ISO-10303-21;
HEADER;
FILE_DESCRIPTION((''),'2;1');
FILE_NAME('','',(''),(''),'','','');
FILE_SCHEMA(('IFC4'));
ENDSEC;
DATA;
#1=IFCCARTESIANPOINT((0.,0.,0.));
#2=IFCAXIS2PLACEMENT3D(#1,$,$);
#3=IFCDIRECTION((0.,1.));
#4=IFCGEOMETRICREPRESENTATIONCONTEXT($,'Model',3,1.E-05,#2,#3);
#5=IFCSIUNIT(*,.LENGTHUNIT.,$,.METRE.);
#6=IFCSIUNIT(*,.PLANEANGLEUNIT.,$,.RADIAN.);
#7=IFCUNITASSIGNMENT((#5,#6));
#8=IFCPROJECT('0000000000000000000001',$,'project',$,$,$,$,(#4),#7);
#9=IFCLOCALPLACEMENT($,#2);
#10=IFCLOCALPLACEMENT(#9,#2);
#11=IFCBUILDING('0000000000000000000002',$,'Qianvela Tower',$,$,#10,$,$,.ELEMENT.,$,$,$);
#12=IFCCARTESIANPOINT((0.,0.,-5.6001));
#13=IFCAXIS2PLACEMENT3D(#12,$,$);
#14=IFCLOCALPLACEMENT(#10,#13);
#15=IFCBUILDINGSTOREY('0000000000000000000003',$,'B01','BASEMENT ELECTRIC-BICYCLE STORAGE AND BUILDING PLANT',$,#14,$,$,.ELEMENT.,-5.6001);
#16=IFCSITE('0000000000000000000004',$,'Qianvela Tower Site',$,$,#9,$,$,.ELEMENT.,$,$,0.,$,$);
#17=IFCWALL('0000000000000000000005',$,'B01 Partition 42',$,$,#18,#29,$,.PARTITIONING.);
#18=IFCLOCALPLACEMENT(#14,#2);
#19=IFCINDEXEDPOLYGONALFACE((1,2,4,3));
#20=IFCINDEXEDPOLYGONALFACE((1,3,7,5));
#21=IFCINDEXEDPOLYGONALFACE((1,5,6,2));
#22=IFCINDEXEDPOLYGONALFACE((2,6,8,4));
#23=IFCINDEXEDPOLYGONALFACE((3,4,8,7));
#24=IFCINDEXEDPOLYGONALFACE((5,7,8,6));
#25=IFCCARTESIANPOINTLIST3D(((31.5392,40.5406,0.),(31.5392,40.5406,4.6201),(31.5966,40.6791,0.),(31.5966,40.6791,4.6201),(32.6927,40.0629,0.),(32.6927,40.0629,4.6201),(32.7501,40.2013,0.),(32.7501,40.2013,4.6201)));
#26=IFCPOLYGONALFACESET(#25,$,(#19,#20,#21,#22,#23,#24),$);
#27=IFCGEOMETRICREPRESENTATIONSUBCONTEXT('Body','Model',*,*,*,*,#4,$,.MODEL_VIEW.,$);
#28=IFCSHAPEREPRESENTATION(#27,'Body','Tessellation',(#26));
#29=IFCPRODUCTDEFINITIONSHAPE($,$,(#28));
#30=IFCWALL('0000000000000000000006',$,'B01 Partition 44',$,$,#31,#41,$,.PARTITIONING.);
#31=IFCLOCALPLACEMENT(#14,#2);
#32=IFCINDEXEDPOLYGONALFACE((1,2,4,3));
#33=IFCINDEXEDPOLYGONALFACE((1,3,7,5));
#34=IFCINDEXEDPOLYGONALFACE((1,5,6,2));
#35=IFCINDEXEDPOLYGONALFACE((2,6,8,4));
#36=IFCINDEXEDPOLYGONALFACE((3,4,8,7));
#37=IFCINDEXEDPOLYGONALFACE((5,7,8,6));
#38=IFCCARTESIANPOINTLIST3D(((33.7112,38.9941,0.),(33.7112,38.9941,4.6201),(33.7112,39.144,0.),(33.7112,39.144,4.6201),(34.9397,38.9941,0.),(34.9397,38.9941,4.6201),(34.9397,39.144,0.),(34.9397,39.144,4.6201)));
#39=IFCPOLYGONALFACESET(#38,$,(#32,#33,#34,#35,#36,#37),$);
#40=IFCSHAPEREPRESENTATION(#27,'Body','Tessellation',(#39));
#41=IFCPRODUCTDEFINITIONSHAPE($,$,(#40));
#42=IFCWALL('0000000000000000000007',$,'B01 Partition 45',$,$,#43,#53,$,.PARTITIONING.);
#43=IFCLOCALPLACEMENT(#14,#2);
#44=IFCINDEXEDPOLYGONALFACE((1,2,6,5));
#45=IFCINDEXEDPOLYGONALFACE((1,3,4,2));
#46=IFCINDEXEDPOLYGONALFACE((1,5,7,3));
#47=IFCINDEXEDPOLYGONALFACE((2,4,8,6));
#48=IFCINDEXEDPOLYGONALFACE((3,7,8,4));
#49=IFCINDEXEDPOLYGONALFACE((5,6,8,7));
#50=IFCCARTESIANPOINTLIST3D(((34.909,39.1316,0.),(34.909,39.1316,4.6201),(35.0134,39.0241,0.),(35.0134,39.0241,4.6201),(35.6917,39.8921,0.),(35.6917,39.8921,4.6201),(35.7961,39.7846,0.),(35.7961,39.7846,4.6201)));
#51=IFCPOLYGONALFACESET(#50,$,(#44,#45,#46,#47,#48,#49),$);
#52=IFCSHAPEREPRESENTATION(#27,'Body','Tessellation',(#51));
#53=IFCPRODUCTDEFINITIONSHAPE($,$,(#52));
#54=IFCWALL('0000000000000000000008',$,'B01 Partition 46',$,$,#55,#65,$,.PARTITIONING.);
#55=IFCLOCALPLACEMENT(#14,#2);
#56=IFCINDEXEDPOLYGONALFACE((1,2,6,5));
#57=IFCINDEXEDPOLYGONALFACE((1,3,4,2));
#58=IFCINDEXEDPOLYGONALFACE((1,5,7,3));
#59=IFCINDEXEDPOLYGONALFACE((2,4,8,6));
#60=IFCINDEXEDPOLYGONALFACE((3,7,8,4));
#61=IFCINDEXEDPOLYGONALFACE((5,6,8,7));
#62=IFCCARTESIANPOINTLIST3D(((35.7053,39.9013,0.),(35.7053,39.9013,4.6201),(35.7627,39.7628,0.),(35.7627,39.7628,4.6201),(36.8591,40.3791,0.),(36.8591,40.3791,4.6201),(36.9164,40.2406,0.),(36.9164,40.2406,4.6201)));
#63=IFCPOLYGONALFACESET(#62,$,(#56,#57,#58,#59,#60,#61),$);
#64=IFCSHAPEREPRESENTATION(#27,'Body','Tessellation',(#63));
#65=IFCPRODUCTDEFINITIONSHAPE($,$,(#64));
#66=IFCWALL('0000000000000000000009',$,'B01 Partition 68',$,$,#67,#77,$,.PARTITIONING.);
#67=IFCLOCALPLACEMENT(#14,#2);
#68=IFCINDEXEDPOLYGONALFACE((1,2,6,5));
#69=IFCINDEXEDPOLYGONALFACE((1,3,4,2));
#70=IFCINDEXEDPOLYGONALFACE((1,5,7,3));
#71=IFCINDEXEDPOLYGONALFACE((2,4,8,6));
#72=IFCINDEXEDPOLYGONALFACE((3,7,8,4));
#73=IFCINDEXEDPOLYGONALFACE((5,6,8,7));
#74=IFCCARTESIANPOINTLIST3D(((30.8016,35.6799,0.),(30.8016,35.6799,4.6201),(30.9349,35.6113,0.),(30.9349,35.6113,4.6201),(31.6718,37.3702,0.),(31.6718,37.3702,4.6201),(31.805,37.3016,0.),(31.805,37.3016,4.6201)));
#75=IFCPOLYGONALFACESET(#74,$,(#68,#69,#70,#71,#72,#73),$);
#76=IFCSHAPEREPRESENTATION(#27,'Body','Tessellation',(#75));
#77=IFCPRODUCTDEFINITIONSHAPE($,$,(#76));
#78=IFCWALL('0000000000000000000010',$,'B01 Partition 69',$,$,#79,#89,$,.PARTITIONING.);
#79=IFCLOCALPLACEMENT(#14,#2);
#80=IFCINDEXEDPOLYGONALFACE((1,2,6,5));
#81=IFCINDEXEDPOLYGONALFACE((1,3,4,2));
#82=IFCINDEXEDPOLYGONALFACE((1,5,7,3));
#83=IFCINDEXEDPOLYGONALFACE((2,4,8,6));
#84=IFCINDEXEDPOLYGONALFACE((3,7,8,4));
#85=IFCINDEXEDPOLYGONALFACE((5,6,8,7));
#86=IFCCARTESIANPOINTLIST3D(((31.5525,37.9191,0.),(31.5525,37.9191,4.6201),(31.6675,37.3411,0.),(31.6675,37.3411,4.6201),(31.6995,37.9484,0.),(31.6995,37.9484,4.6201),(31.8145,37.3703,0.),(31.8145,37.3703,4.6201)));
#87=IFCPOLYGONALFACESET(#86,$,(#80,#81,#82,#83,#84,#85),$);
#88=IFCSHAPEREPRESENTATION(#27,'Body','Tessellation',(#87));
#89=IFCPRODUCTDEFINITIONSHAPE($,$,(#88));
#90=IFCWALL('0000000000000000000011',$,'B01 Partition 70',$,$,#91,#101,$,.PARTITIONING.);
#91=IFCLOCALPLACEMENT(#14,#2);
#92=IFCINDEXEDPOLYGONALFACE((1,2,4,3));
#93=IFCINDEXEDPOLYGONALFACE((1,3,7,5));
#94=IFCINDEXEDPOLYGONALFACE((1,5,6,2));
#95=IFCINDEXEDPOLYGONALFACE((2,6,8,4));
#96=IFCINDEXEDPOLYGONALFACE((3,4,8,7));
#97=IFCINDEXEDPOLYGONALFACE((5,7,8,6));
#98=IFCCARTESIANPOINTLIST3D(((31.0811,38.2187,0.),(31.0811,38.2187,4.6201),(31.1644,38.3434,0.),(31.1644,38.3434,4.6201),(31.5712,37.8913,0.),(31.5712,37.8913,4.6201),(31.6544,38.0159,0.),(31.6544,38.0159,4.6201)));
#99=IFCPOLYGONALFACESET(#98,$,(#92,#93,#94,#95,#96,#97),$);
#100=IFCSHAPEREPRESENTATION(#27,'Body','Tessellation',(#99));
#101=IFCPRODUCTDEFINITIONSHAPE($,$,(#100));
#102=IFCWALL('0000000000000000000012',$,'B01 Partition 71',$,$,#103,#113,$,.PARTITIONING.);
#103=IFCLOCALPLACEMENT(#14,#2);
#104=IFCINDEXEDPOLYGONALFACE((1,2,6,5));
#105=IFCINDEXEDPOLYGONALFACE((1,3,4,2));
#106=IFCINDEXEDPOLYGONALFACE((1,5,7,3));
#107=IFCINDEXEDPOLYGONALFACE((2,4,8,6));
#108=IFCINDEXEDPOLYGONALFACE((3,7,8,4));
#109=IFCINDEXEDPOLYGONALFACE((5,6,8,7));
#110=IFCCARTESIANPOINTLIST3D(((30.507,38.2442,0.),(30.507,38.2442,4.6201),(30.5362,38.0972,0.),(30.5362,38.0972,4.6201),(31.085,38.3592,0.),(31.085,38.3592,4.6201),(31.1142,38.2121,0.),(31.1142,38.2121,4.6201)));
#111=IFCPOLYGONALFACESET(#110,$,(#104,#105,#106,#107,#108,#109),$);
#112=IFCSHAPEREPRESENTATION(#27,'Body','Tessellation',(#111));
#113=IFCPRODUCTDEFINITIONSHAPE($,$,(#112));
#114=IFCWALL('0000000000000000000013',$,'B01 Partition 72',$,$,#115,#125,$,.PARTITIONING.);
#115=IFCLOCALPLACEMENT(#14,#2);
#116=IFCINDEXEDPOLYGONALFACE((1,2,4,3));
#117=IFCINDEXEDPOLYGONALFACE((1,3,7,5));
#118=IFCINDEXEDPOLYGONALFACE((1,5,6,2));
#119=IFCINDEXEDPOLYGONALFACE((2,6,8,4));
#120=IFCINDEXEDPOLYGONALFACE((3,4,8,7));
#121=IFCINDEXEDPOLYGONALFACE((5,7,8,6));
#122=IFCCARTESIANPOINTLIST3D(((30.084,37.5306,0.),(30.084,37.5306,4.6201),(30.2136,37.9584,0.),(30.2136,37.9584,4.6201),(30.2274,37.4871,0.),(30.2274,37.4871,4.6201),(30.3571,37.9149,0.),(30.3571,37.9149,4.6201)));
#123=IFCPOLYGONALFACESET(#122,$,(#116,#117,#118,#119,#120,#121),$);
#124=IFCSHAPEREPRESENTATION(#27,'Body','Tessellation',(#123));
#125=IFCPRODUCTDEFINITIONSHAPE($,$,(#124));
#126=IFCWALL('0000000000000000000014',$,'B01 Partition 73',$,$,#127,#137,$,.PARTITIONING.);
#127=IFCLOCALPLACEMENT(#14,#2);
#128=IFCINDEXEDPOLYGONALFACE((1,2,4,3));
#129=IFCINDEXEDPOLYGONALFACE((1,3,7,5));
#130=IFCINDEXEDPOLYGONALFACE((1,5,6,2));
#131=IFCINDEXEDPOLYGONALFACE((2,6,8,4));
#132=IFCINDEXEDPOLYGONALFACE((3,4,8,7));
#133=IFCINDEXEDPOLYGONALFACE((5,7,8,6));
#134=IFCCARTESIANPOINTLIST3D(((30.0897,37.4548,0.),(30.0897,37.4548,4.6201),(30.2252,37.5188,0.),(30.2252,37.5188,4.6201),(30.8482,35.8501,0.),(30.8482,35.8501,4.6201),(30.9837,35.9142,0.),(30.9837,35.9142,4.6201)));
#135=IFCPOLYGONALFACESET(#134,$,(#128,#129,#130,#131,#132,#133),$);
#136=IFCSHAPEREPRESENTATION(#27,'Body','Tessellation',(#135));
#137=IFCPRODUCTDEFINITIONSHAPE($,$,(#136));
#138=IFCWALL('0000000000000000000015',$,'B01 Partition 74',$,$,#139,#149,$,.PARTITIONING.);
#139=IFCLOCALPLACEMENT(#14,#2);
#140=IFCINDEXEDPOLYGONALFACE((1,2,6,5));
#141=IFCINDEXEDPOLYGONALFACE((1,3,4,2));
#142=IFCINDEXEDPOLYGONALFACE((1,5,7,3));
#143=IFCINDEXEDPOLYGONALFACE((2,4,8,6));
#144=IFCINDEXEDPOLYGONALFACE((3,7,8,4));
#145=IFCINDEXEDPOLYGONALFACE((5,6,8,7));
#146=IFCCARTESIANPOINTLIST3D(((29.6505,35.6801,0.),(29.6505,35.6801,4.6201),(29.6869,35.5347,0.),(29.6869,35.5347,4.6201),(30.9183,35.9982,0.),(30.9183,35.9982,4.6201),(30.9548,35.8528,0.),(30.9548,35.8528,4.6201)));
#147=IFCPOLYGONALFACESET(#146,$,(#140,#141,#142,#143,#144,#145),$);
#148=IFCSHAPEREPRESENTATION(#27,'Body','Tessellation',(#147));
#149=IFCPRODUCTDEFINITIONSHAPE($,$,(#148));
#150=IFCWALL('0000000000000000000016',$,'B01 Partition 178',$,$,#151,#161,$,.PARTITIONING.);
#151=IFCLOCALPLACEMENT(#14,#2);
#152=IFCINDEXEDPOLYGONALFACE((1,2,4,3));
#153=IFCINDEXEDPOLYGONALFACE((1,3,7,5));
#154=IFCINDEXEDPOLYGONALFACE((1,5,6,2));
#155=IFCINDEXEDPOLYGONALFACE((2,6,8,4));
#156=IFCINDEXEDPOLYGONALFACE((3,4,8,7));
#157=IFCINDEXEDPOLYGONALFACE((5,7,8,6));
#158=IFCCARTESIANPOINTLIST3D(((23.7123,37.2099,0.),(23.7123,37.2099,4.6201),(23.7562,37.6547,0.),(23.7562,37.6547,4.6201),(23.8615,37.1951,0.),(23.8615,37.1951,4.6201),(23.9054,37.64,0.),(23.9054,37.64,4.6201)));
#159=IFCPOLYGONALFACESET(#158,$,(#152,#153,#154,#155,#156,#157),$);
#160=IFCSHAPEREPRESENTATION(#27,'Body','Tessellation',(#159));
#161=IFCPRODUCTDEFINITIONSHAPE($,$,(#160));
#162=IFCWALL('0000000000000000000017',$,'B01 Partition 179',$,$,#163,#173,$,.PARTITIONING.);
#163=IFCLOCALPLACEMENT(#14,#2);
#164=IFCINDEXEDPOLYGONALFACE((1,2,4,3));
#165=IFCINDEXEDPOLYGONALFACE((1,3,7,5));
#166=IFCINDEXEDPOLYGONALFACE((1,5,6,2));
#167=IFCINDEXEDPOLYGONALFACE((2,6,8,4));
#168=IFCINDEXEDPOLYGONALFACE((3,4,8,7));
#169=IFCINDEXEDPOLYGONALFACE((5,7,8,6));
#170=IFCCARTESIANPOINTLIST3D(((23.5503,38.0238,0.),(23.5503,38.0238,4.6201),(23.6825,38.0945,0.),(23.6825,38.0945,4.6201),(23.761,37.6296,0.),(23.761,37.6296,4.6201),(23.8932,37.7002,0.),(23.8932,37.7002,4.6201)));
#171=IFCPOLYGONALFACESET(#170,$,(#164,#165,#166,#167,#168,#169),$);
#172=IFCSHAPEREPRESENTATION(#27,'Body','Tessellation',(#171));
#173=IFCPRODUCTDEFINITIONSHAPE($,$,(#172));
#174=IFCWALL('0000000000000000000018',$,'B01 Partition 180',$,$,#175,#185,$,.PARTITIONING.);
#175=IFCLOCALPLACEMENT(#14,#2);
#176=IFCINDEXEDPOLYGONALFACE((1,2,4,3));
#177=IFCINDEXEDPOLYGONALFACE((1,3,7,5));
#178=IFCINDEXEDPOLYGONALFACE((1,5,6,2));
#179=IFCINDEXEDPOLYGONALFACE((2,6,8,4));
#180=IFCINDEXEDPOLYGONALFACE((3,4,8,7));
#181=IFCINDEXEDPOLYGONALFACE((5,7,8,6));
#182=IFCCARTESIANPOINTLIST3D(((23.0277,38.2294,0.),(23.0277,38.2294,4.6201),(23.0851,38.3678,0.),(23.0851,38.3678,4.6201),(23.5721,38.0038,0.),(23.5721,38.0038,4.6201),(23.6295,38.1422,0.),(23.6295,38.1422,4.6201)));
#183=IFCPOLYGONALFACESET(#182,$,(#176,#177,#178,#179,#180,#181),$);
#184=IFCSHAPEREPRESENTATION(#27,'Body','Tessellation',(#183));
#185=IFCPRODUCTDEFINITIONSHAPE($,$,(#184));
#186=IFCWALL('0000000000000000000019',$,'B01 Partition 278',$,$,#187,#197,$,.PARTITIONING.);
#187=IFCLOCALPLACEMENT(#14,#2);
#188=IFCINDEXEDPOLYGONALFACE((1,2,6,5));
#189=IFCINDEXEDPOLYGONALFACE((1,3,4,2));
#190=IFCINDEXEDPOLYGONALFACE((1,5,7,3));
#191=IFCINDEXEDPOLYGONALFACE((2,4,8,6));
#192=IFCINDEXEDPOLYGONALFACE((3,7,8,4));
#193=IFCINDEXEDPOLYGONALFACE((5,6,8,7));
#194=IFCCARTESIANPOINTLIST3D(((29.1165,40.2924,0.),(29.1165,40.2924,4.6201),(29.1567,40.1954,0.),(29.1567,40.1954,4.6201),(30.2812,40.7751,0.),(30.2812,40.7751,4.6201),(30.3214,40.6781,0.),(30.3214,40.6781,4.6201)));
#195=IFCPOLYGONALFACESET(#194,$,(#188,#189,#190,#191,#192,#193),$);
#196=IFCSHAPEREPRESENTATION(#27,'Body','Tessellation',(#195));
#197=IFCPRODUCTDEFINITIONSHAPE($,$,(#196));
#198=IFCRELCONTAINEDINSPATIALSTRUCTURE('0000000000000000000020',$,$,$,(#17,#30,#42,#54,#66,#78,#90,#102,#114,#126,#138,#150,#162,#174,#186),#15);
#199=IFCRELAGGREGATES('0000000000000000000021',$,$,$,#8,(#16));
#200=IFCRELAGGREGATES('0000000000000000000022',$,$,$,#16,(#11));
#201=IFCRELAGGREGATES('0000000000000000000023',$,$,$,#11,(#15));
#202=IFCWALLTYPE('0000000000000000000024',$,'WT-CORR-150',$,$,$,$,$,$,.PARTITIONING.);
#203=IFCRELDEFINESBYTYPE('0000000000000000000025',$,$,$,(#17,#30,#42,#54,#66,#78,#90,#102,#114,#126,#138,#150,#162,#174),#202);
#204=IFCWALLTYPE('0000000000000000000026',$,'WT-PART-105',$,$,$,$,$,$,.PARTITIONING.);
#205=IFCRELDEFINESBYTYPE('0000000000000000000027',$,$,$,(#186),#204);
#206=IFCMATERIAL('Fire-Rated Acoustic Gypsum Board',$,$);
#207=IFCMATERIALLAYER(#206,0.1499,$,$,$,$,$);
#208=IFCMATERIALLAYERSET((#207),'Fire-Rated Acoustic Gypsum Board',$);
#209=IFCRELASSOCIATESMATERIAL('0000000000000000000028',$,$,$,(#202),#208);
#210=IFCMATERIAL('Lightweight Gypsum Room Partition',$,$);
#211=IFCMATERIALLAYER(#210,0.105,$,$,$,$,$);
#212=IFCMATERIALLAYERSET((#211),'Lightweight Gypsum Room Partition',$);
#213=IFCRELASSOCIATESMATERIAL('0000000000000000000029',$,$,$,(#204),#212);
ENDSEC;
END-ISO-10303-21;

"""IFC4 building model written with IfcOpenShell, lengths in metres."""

from ifc_helpers import new_model, si_unit, direction, frame, frame_2d, origin, place, context, subcontext, project, spatial, rectangle, extrude, material, layer, layer_set, type_object, element, save


model = new_model("IFC4")

# Units and contexts
model_context = context("Model", 3, precision=1e-05, world=origin(), true_north=direction((0.0, 1.0)))
body_context = subcontext(model_context, "Body", "Model", "MODEL_VIEW")
ifc_project = project(units=[si_unit("LENGTHUNIT", "METRE"), si_unit("PLANEANGLEUNIT", "RADIAN")], contexts=[model_context])

# Site, building, storey
site_placement = place(None, origin())
site = spatial("IfcSite", under=ifc_project, at=site_placement, Name="Qianvela Tower Site", CompositionType="ELEMENT", RefElevation=0.0)
building_placement = place(site_placement, origin())
building = spatial("IfcBuilding", under=site, at=building_placement, Name="Qianvela Tower", CompositionType="ELEMENT")
storey_placement = place(building_placement, frame((0.0, 0.0, -5.6001)))
storey = spatial("IfcBuildingStorey", under=building, at=storey_placement, Name="B01", Description="BASEMENT ELECTRIC-BICYCLE STORAGE AND BUILDING PLANT", CompositionType="ELEMENT", Elevation=-5.6001)

# Walls
ifc_material_1 = material(Name="Fire-Rated Acoustic Gypsum Board")
ifc_layer_1 = layer(ifc_material_1, 0.1499)
ifc_layer_set_1 = layer_set([ifc_layer_1], Name="Fire-Rated Acoustic Gypsum Board")
wall_type_1 = type_object("IfcWallType", Name="WT-CORR-150", PredefinedType="PARTITIONING", material=ifc_layer_set_1)
for number, where, z_axis, x_axis, name in (
    (1, (31.5679, 40.6099, 0.0), (0.0, 0.0, 1.0), (0.923891, -0.382657, 0.0), "B01 Partition 42"),
):
    element("IfcWall", number, at=place(storey_placement, frame(where, z_axis=z_axis, x_axis=x_axis)), inside=storey, type_object=wall_type_1, Name=name, PredefinedType="PARTITIONING", context=body_context, shape_type="SweptSolid", body=[
        extrude(rectangle(XDim=1.2485, YDim=0.1499, at=frame_2d((0.6243, 0.0))), origin(), (0.0, 0.0, 1.0), 4.6201),
    ])
wall_1_placement = place(storey_placement, frame((33.7112, 39.0691, 0.0), z_axis=(0.0, 0.0, 1.0), x_axis=(1.0, 0.0, 0.0)))
element("IfcWall", 2, at=wall_1_placement, inside=storey, type_object=wall_type_1, Name="B01 Partition 44", PredefinedType="PARTITIONING", context=body_context, shape_type="SweptSolid", body=[
    extrude(rectangle(XDim=1.2285, YDim=0.1499, at=frame_2d((0.6143, 0.0))), origin(), (0.0, 0.0, 1.0), 4.6201),
])
wall_2_placement = place(storey_placement, frame((34.9612, 39.0779, 0.0), z_axis=(0.0, 0.0, 1.0), x_axis=(0.717212, 0.696855, 0.0)))
element("IfcWall", 3, at=wall_2_placement, inside=storey, type_object=wall_type_1, Name="B01 Partition 45", PredefinedType="PARTITIONING", context=body_context, shape_type="SweptSolid", body=[
    extrude(rectangle(XDim=1.0913, YDim=0.1499, at=frame_2d((0.5457, 0.0))), origin(), (0.0, 0.0, 1.0), 4.6201),
])
wall_3_placement = place(storey_placement, frame((35.7339, 39.832, 0.0), z_axis=(0.0, 0.0, 1.0), x_axis=(0.923919, 0.382588, 0.0)))
element("IfcWall", 4, at=wall_3_placement, inside=storey, type_object=wall_type_1, Name="B01 Partition 46", PredefinedType="PARTITIONING", context=body_context, shape_type="SweptSolid", body=[
    extrude(rectangle(XDim=1.2488, YDim=0.1499, at=frame_2d((0.6245, 0.0))), origin(), (0.0, 0.0, 1.0), 4.6201),
])
wall_4_placement = place(storey_placement, frame((30.8682, 35.6455, 0.0), z_axis=(0.0, 0.0, 1.0), x_axis=(0.457714, 0.8891, 0.0)))
element("IfcWall", 5, at=wall_4_placement, inside=storey, type_object=wall_type_1, Name="B01 Partition 68", PredefinedType="PARTITIONING", context=body_context, shape_type="SweptSolid", body=[
    extrude(rectangle(XDim=1.9011, YDim=0.1499, at=frame_2d((0.9507, 0.0))), origin(), (0.0, 0.0, 1.0), 4.6201),
])
for number, where, z_axis, x_axis, name in (
    (6, (31.741, 37.3557, 0.0), (0.0, 0.0, 1.0), (-0.195081, 0.980787, 0.0), "B01 Partition 69"),
    (7, (31.6128, 37.9536, 0.0), (0.0, 0.0, 1.0), (-0.831476, 0.55556, 0.0), "B01 Partition 70"),
    (8, (31.0996, 38.2856, 0.0), (0.0, 0.0, 1.0), (-0.980787, -0.195081, 0.0), "B01 Partition 71"),
):
    element("IfcWall", number, at=place(storey_placement, frame(where, z_axis=z_axis, x_axis=x_axis)), inside=storey, type_object=wall_type_1, Name=name, PredefinedType="PARTITIONING", context=body_context, shape_type="SweptSolid", body=[
        extrude(rectangle(XDim=0.5894, YDim=0.1499, at=frame_2d((0.2947, 0.0))), origin(), (0.0, 0.0, 1.0), 4.6201),
    ])
wall_5_placement = place(storey_placement, frame((30.2854, 37.9368, 0.0), z_axis=(0.0, 0.0, 1.0), x_axis=(-0.290053, -0.957011, 0.0)))
element("IfcWall", 9, at=wall_5_placement, inside=storey, type_object=wall_type_1, Name="B01 Partition 72", PredefinedType="PARTITIONING", context=body_context, shape_type="SweptSolid", body=[
    extrude(rectangle(XDim=0.447, YDim=0.1499, at=frame_2d((0.2236, 0.0))), origin(), (0.0, 0.0, 1.0), 4.6201),
])
wall_6_placement = place(storey_placement, frame((30.1575, 37.4868, 0.0), z_axis=(0.0, 0.0, 1.0), x_axis=(0.427353, -0.904085, 0.0)))
element("IfcWall", 10, at=wall_6_placement, inside=storey, type_object=wall_type_1, Name="B01 Partition 73", PredefinedType="PARTITIONING", context=body_context, shape_type="SweptSolid", body=[
    extrude(rectangle(XDim=1.7749, YDim=0.1499, at=frame_2d((0.8875, 0.0))), origin(), (0.0, 0.0, 1.0), 4.6201),
])
wall_7_placement = place(storey_placement, frame((30.9365, 35.9255, 0.0), z_axis=(0.0, 0.0, 1.0), x_axis=(-0.969933, -0.243371, 0.0)))
element("IfcWall", 11, at=wall_7_placement, inside=storey, type_object=wall_type_1, Name="B01 Partition 74", PredefinedType="PARTITIONING", context=body_context, shape_type="SweptSolid", body=[
    extrude(rectangle(XDim=1.3071, YDim=0.1499, at=frame_2d((0.6536, 0.0))), origin(), (0.0, 0.0, 1.0), 4.6201),
])
for number, where, z_axis, x_axis, name in (
    (12, (23.7869, 37.2024, 0.0), (0.0, 0.0, 1.0), (0.098314, 0.995155, 0.0), "B01 Partition 178"),
    (13, (23.8271, 37.6648, 0.0), (0.0, 0.0, 1.0), (-0.471297, 0.881975, 0.0), "B01 Partition 179"),
):
    element("IfcWall", number, at=place(storey_placement, frame(where, z_axis=z_axis, x_axis=x_axis)), inside=storey, type_object=wall_type_1, Name=name, PredefinedType="PARTITIONING", context=body_context, shape_type="SweptSolid", body=[
        extrude(rectangle(XDim=0.447, YDim=0.1499, at=frame_2d((0.2236, 0.0))), origin(), (0.0, 0.0, 1.0), 4.6201),
    ])
wall_8_placement = place(storey_placement, frame((23.6008, 38.073, 0.0), z_axis=(0.0, 0.0, 1.0), x_axis=(-0.923835, 0.382791, 0.0)))
element("IfcWall", 14, at=wall_8_placement, inside=storey, type_object=wall_type_1, Name="B01 Partition 180", PredefinedType="PARTITIONING", context=body_context, shape_type="SweptSolid", body=[
    extrude(rectangle(XDim=0.5894, YDim=0.1499, at=frame_2d((0.2947, 0.0))), origin(), (0.0, 0.0, 1.0), 4.6201),
])
ifc_material_2 = material(Name="Lightweight Gypsum Room Partition")
ifc_layer_2 = layer(ifc_material_2, 0.105)
ifc_layer_set_2 = layer_set([ifc_layer_2], Name="Lightweight Gypsum Room Partition")
wall_type_2 = type_object("IfcWallType", Name="WT-PART-105", PredefinedType="PARTITIONING", material=ifc_layer_set_2)
wall_9_placement = place(storey_placement, frame((30.3013, 40.7266, 0.0), z_axis=(0.0, 0.0, 1.0), x_axis=(-0.923826, -0.382814, 0.0)))
element("IfcWall", 15, at=wall_9_placement, inside=storey, type_object=wall_type_2, Name="B01 Partition 278", PredefinedType="PARTITIONING", context=body_context, shape_type="SweptSolid", body=[
    extrude(rectangle(XDim=1.2607, YDim=0.105, at=frame_2d((0.6304, 0.0))), origin(), (0.0, 0.0, 1.0), 4.6201),
])

save(model, "model.ifc")
